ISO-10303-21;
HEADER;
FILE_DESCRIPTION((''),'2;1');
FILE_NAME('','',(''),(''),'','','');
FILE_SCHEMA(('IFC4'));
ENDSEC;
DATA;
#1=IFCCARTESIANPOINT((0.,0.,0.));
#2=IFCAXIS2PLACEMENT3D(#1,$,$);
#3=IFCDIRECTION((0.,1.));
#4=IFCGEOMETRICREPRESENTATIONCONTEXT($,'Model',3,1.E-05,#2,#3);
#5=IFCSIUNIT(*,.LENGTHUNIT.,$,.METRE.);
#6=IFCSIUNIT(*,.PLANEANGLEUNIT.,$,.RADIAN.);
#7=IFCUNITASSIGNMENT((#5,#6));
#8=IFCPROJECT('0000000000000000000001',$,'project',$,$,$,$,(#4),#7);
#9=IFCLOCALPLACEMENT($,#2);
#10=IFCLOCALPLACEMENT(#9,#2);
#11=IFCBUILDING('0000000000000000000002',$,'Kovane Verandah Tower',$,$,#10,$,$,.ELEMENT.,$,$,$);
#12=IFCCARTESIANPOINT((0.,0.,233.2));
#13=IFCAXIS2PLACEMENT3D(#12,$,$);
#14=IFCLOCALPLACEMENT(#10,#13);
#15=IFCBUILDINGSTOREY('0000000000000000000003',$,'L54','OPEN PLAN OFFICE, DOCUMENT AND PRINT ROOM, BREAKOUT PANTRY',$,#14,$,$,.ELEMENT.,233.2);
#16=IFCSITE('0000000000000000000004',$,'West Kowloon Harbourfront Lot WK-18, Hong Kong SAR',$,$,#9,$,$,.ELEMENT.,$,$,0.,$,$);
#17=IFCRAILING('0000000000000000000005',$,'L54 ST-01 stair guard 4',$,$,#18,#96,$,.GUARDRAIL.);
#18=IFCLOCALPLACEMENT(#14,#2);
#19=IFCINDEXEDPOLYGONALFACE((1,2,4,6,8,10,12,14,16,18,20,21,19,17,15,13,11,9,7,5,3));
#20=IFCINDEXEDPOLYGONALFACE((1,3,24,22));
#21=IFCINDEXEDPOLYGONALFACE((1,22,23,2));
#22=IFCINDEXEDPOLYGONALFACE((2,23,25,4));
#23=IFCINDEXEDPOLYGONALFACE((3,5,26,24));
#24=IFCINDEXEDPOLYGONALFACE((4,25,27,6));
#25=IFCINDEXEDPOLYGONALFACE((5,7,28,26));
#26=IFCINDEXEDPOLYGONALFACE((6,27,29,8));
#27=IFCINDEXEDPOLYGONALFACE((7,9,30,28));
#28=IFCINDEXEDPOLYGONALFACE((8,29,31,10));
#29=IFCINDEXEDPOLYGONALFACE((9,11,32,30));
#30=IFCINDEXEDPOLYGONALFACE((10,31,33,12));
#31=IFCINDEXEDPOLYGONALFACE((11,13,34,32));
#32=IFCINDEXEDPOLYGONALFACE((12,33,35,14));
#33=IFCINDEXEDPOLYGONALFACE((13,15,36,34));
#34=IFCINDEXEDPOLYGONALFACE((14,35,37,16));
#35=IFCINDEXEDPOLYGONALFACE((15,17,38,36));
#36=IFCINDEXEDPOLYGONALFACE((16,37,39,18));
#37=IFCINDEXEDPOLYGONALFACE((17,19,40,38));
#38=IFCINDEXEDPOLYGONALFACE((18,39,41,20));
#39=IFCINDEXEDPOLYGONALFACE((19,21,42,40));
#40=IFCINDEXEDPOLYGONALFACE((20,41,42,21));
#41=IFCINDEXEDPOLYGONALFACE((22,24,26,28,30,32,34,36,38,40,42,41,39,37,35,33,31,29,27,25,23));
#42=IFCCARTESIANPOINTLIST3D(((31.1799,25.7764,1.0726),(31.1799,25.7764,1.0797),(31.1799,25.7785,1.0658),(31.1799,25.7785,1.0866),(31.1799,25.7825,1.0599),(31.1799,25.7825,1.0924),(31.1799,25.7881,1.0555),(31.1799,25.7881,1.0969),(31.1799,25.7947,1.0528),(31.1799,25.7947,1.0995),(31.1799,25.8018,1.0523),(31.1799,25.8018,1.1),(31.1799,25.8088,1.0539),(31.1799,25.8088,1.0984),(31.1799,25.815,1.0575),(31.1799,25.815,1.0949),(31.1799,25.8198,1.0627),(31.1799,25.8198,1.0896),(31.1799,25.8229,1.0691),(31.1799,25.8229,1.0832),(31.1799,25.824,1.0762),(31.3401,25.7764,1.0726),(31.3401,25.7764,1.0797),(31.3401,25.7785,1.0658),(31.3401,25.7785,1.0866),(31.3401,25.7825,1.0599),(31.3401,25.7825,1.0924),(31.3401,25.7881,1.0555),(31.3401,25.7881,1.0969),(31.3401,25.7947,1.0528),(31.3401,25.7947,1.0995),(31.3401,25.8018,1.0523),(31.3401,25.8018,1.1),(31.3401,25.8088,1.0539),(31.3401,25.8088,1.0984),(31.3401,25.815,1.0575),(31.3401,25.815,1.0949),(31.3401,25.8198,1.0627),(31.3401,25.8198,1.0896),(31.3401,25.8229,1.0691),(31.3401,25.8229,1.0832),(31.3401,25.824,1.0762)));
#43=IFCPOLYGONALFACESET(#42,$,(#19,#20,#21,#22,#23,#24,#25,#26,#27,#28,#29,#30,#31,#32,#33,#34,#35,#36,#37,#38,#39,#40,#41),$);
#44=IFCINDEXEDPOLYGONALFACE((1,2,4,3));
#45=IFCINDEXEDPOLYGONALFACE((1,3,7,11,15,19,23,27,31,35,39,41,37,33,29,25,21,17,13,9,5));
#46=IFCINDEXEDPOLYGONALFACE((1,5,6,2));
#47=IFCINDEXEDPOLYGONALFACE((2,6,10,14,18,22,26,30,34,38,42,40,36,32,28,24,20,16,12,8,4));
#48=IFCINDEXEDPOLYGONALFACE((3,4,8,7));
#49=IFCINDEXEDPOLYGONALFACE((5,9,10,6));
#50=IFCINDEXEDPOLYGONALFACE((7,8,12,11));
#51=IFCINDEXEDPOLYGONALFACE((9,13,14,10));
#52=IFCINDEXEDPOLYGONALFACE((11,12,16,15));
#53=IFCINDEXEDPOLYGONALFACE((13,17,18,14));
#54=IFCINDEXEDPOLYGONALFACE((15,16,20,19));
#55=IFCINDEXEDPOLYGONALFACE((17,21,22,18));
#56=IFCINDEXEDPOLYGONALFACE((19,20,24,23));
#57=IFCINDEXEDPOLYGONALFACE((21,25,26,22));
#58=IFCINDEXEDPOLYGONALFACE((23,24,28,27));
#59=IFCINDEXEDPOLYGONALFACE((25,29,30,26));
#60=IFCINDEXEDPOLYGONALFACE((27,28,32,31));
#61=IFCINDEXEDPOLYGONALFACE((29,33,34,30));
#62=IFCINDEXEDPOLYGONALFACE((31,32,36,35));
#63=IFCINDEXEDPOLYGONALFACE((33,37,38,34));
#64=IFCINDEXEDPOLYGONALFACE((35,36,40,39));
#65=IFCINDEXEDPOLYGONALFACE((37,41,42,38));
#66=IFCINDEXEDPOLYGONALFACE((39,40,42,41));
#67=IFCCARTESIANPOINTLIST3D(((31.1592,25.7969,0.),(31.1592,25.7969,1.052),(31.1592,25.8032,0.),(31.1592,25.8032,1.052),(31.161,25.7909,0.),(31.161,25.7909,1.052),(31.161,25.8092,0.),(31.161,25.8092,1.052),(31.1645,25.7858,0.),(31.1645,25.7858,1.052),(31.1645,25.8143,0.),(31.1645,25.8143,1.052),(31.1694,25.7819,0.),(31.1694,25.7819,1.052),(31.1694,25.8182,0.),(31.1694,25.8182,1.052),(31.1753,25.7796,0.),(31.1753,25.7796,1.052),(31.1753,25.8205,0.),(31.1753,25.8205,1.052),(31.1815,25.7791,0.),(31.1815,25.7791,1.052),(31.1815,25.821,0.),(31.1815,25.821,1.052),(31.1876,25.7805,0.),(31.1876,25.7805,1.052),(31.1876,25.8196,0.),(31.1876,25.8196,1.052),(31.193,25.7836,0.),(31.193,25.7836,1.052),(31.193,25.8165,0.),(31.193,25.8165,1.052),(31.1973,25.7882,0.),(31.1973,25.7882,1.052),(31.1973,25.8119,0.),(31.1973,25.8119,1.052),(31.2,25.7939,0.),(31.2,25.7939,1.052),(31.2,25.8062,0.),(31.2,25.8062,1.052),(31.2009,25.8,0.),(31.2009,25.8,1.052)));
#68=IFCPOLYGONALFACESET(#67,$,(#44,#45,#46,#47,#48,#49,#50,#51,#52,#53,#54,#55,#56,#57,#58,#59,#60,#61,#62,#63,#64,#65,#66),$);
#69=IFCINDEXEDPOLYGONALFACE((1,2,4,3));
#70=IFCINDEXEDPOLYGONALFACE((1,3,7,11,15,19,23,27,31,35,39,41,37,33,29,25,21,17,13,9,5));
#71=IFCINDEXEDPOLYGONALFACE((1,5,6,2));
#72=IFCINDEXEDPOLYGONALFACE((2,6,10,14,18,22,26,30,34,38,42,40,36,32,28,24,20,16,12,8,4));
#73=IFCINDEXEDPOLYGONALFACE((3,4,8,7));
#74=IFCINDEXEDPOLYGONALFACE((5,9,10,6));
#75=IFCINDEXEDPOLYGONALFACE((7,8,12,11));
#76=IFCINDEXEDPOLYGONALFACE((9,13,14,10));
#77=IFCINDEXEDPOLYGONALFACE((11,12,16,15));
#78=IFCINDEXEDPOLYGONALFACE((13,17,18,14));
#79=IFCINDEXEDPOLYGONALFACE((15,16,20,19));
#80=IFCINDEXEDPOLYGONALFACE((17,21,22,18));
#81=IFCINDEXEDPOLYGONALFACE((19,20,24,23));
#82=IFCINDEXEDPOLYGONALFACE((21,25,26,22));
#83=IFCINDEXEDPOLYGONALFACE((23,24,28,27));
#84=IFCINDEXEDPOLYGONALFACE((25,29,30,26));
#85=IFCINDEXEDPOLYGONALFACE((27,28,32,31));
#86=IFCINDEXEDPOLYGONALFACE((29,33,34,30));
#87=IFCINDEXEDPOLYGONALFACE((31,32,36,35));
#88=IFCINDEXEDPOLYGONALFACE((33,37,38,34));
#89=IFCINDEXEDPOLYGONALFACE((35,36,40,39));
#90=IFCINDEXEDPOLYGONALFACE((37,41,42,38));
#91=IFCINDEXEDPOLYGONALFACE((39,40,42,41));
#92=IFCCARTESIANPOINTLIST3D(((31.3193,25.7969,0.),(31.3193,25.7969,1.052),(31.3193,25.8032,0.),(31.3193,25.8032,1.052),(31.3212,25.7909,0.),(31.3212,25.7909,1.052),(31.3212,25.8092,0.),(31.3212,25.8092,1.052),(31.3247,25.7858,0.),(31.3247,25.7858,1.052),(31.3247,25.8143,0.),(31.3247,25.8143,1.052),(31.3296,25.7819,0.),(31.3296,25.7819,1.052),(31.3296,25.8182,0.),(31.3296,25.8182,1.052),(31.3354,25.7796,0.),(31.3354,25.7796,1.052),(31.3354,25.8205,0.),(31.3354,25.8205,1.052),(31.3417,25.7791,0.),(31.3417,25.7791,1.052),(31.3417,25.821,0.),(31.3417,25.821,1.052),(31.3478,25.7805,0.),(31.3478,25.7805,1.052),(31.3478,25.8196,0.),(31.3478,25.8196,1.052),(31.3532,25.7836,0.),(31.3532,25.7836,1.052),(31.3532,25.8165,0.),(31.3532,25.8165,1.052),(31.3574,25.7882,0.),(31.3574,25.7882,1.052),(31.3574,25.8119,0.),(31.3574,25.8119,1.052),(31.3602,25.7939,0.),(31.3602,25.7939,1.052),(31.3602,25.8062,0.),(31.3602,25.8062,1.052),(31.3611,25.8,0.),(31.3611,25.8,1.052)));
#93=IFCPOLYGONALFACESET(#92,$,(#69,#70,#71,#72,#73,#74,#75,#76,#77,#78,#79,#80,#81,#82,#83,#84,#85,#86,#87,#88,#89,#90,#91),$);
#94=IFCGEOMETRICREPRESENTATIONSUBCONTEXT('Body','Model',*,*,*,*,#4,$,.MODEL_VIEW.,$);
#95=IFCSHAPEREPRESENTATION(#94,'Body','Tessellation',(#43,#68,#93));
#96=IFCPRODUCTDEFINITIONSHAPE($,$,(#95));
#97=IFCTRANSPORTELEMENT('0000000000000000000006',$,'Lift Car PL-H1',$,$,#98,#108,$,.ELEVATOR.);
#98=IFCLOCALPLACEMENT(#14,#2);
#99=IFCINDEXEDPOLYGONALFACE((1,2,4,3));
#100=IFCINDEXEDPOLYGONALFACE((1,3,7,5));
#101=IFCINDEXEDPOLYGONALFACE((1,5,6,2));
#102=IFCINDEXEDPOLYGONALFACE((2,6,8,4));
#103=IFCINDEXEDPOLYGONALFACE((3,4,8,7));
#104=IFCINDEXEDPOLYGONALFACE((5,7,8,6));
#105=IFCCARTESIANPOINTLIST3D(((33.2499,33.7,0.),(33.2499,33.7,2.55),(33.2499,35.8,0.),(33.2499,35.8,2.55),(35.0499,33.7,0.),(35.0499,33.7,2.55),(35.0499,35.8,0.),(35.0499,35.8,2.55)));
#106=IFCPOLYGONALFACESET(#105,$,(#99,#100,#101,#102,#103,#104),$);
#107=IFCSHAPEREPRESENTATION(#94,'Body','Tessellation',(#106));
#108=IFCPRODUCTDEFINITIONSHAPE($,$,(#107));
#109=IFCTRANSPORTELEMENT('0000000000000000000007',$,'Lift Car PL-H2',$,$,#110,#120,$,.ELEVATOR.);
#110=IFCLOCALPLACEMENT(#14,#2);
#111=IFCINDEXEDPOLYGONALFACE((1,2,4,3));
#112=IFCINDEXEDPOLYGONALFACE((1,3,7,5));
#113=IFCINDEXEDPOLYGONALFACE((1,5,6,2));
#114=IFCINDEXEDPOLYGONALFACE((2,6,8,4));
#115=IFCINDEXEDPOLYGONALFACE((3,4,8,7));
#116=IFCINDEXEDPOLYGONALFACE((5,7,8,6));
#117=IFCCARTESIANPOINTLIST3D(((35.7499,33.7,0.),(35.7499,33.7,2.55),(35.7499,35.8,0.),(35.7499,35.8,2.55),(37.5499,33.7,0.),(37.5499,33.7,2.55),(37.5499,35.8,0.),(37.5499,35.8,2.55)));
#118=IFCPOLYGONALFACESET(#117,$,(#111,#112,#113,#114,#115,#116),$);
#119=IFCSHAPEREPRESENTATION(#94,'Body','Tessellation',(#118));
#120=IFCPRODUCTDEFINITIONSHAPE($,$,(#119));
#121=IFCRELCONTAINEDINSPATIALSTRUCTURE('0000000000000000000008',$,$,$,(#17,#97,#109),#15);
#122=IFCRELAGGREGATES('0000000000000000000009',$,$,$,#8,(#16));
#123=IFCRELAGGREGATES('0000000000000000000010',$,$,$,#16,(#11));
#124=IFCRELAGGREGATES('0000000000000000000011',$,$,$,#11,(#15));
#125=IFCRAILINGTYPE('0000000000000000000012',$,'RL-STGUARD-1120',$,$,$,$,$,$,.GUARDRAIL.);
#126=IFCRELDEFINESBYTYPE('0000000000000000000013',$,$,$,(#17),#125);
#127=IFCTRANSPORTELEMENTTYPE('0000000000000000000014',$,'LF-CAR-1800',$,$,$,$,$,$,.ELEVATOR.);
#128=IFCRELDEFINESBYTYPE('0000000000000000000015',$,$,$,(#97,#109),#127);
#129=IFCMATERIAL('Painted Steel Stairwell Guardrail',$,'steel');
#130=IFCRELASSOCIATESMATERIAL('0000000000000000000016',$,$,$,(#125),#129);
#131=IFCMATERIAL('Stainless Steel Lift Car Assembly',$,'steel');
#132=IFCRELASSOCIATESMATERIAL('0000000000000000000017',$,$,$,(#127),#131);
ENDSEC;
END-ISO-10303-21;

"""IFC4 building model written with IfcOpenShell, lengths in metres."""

from ifc_helpers import new_model, si_unit, direction, frame, origin, origin_2d, place, context, subcontext, project, spatial, rectangle, circle, extrude, material, type_object, element, save


model = new_model("IFC4")

# Units and contexts
model_context = context("Model", 3, precision=1e-05, world=origin(), true_north=direction((0.0, 1.0)))
body_context = subcontext(model_context, "Body", "Model", "MODEL_VIEW")
ifc_project = project(units=[si_unit("LENGTHUNIT", "METRE"), si_unit("PLANEANGLEUNIT", "RADIAN")], contexts=[model_context])

# Site, building, storey
site_placement = place(None, origin())
site = spatial("IfcSite", under=ifc_project, at=site_placement, Name="West Kowloon Harbourfront Lot WK-18, Hong Kong SAR", CompositionType="ELEMENT", RefElevation=0.0)
building_placement = place(site_placement, origin())
building = spatial("IfcBuilding", under=site, at=building_placement, Name="Kovane Verandah Tower", CompositionType="ELEMENT")
storey_placement = place(building_placement, frame((0.0, 0.0, 233.2)))
storey = spatial("IfcBuildingStorey", under=building, at=storey_placement, Name="L54", Description="OPEN PLAN OFFICE, DOCUMENT AND PRINT ROOM, BREAKOUT PANTRY", CompositionType="ELEMENT", Elevation=233.2)

# Railing
ifc_material_1 = material(Name="Painted Steel Stairwell Guardrail", Category="steel")
railing_type_1 = type_object("IfcRailingType", Name="RL-STGUARD-1120", PredefinedType="GUARDRAIL", material=ifc_material_1)
railing_1_placement = place(storey_placement, frame((31.1799, 25.8, 0.0)))
element("IfcRailing", 1, at=railing_1_placement, inside=storey, type_object=railing_type_1, Name="L54 ST-01 stair guard 4", PredefinedType="GUARDRAIL", context=body_context, shape_type="SweptSolid", body=[
    extrude(circle(Radius=0.0239, at=origin_2d()), frame((0.0, 0.0, 1.0762), z_axis=(1.0, 0.0, 0.0), x_axis=(0.0, 1.0, 0.0)), (0.0, 0.0, 1.0), 0.1602),
    extrude(circle(Radius=0.021, at=origin_2d()), origin(), (0.0, 0.0, 1.0), 1.052),
    extrude(circle(Radius=0.021, at=origin_2d()), frame((0.1602, 0.0, 0.0)), (0.0, 0.0, 1.0), 1.052),
])

# Transport elements
ifc_material_2 = material(Name="Stainless Steel Lift Car Assembly", Category="steel")
transport_element_type = type_object("IfcTransportElementType", Name="LF-CAR-1800", PredefinedType="ELEVATOR", material=ifc_material_2)
for number, where, z_axis, x_axis, name in (
    (2, (34.1499, 34.75, 0.0), (0.0, 0.0, 1.0), (1.0, 0.0, 0.0), "Lift Car PL-H1"),
    (3, (36.6499, 34.75, 0.0), (0.0, 0.0, 1.0), (1.0, 0.0, 0.0), "Lift Car PL-H2"),
):
    element("IfcTransportElement", number, at=place(storey_placement, frame(where, z_axis=z_axis, x_axis=x_axis)), inside=storey, type_object=transport_element_type, Name=name, PredefinedType="ELEVATOR", context=body_context, shape_type="SweptSolid", body=[
        extrude(rectangle(XDim=1.8, YDim=2.1001, at=origin_2d()), origin(), (0.0, 0.0, 1.0), 2.55),
    ])

save(model, "model.ifc")
